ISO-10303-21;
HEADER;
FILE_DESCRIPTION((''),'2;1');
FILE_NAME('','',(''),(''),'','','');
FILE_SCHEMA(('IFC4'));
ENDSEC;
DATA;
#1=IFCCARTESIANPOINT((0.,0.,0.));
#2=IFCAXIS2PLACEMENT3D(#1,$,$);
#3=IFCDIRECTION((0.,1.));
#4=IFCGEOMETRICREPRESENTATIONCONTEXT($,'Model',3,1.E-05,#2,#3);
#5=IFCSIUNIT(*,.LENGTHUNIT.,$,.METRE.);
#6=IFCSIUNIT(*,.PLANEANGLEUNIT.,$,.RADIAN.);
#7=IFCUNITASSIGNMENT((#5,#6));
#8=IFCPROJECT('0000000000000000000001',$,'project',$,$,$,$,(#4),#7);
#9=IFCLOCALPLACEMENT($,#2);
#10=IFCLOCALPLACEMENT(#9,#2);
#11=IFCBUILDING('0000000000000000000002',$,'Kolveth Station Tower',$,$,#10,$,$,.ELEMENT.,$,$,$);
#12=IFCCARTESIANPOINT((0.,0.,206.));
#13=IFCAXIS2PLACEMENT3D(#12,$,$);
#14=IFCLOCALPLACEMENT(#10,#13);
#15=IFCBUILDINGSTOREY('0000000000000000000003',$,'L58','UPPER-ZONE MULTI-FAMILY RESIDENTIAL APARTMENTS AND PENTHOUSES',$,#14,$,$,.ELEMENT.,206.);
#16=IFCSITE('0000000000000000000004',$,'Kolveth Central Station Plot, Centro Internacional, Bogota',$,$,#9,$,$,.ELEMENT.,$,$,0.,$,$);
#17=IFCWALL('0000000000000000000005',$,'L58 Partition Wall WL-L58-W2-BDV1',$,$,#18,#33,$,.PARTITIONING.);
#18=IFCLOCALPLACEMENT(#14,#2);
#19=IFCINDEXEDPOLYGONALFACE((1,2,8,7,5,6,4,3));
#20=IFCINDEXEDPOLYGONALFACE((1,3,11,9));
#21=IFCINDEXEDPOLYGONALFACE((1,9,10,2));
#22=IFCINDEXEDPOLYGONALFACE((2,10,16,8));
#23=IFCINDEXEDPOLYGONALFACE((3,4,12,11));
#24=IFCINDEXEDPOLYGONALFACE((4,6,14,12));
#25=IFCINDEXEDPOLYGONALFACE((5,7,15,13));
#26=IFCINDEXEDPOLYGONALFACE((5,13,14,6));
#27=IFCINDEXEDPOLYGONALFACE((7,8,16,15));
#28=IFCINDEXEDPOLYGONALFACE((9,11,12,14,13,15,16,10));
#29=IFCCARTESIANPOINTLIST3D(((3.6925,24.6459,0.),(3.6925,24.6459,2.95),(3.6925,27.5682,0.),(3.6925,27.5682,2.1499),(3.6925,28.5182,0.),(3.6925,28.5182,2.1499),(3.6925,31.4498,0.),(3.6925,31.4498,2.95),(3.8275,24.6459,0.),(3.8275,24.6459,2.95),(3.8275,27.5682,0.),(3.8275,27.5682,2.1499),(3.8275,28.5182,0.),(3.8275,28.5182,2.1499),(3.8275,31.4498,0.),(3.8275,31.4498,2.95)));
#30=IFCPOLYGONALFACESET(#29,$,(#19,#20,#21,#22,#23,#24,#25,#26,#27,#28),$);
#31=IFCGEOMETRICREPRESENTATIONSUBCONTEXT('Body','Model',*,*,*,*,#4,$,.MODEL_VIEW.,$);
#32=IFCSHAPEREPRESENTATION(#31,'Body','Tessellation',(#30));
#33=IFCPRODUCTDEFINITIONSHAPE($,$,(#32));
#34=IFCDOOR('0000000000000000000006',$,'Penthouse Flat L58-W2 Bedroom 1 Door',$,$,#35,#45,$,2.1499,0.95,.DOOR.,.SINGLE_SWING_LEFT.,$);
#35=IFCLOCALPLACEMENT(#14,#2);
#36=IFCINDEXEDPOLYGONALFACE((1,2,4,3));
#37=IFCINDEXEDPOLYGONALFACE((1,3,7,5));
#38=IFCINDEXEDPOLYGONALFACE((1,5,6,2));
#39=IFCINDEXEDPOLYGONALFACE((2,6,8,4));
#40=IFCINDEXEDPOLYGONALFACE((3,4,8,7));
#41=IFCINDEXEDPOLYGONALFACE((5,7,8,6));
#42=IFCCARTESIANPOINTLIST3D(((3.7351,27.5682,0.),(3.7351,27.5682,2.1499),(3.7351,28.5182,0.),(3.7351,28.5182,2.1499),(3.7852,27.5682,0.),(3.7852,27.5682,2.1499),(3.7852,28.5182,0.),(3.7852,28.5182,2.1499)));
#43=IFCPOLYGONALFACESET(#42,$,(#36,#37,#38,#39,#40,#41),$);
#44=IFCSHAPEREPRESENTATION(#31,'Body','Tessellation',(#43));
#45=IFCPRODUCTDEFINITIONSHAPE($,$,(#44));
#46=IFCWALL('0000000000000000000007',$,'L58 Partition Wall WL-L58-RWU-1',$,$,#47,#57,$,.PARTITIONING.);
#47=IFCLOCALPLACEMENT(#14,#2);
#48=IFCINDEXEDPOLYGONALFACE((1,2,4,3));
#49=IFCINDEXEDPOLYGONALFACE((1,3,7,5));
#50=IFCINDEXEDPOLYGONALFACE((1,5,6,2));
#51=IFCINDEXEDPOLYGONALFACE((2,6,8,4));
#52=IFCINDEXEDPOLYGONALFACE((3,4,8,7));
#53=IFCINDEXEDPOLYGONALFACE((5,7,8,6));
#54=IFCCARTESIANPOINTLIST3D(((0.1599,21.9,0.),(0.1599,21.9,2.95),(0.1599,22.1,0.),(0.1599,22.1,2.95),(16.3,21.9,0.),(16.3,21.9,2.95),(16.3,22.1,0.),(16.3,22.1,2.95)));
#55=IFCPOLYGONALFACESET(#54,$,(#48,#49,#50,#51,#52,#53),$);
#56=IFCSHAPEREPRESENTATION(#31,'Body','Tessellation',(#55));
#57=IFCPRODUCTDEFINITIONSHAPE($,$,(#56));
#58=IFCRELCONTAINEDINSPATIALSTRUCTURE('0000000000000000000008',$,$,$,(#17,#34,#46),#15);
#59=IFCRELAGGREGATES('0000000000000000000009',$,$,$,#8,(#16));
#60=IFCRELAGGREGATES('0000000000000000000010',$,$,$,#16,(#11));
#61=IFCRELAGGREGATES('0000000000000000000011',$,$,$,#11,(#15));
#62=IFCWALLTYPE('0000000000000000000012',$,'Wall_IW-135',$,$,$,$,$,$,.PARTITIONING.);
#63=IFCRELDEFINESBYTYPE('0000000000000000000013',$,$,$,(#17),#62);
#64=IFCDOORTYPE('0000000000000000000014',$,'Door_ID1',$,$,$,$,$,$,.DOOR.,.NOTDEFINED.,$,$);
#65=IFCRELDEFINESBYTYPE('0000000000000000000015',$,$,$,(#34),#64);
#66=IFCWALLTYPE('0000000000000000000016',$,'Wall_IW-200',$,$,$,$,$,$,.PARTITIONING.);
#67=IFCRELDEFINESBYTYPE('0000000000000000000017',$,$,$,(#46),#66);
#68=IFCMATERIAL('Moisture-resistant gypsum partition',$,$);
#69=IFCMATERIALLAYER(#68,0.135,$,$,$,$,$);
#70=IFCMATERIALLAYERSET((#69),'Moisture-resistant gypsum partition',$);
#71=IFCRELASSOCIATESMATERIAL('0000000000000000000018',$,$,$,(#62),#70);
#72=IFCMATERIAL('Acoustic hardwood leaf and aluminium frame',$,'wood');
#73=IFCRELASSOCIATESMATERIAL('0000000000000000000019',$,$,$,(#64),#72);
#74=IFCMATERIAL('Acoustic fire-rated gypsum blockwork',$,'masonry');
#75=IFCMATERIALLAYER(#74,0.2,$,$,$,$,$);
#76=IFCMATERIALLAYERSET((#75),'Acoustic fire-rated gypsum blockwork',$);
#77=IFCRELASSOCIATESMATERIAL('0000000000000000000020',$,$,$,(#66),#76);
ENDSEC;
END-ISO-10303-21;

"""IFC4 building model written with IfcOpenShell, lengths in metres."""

from ifc_helpers import new_model, si_unit, direction, frame, frame_2d, origin, place, context, subcontext, project, spatial, rectangle, extrude, material, layer, layer_set, type_object, element, fill, save


model = new_model("IFC4")

# Units and contexts
model_context = context("Model", 3, precision=1e-05, world=origin(), true_north=direction((0.0, 1.0)))
body_context = subcontext(model_context, "Body", "Model", "MODEL_VIEW")
ifc_project = project(units=[si_unit("LENGTHUNIT", "METRE"), si_unit("PLANEANGLEUNIT", "RADIAN")], contexts=[model_context])

# Site, building, storey
site_placement = place(None, origin())
site = spatial("IfcSite", under=ifc_project, at=site_placement, Name="Kolveth Central Station Plot, Centro Internacional, Bogota", CompositionType="ELEMENT", RefElevation=0.0)
building_placement = place(site_placement, origin())
building = spatial("IfcBuilding", under=site, at=building_placement, Name="Kolveth Station Tower", CompositionType="ELEMENT")
storey_placement = place(building_placement, frame((0.0, 0.0, 206.0)))
storey = spatial("IfcBuildingStorey", under=building, at=storey_placement, Name="L58", Description="UPPER-ZONE MULTI-FAMILY RESIDENTIAL APARTMENTS AND PENTHOUSES", CompositionType="ELEMENT", Elevation=206.0)

# Shared definitions
ifc_material_1 = material(Name="Moisture-resistant gypsum partition")
ifc_layer_1 = layer(ifc_material_1, 0.135)
ifc_layer_set_1 = layer_set([ifc_layer_1], Name="Moisture-resistant gypsum partition")
wall_type_1 = type_object("IfcWallType", Name="Wall_IW-135", PredefinedType="PARTITIONING", material=ifc_layer_set_1)

# Shared definitions
ifc_material_2 = material(Name="Acoustic hardwood leaf and aluminium frame", Category="wood")
door_type = type_object("IfcDoorType", Name="Door_ID1", OperationType="NOTDEFINED", PredefinedType="DOOR", material=ifc_material_2)

# Wall, opening, door
wall_1_placement = place(storey_placement, frame((3.76, 24.646, 0.0), z_axis=(0.0, 0.0, 1.0), x_axis=(0.0, 1.0, 0.0)))
wall_1 = element("IfcWall", 1, at=wall_1_placement, inside=storey, type_object=wall_type_1, Name="L58 Partition Wall WL-L58-W2-BDV1", PredefinedType="PARTITIONING", context=body_context, shape_type="SweptSolid", body=[
    extrude(rectangle(XDim=6.804, YDim=0.135, at=frame_2d((3.4019, 0.0))), origin(), (0.0, 0.0, 1.0), 2.95),
])
opening_1_placement = place(wall_1_placement, frame((2.9221, 0.0, 0.0)))
opening_1 = element("IfcOpeningElement", 2, at=opening_1_placement, cuts=wall_1, PredefinedType="OPENING", context=body_context, shape_type="SweptSolid", body=[
    extrude(rectangle(XDim=0.95, YDim=2.1499, at=frame_2d((0.4751, 1.075))), frame((0.0, 0.0774, 0.0), z_axis=(0.0, -1.0, 0.0), x_axis=(1.0, 0.0, 0.0)), (0.0, 0.0, 1.0), 0.155),
])
door_1_placement = place(opening_1_placement, origin())
door_1 = element("IfcDoor", 3, at=door_1_placement, inside=storey, type_object=door_type, Name="Penthouse Flat L58-W2 Bedroom 1 Door", OperationType="SINGLE_SWING_LEFT", OverallHeight=2.1499, OverallWidth=0.95, PredefinedType="DOOR", context=body_context, shape_type="SweptSolid", body=[
    extrude(rectangle(XDim=0.95, YDim=2.1499, at=frame_2d((0.4751, 1.075))), frame((0.0, 0.0249, 0.0), z_axis=(0.0, -1.0, 0.0), x_axis=(1.0, 0.0, 0.0)), (0.0, 0.0, 1.0), 0.05),
])
fill(opening_1, door_1)

# Wall
ifc_material_3 = material(Name="Acoustic fire-rated gypsum blockwork", Category="masonry")
ifc_layer_2 = layer(ifc_material_3, 0.2)
ifc_layer_set_2 = layer_set([ifc_layer_2], Name="Acoustic fire-rated gypsum blockwork")
wall_type_2 = type_object("IfcWallType", Name="Wall_IW-200", PredefinedType="PARTITIONING", material=ifc_layer_set_2)
wall_2_placement = place(storey_placement, frame((0.1599, 22.0, 0.0), z_axis=(0.0, 0.0, 1.0), x_axis=(1.0, 0.0, 0.0)))
element("IfcWall", 4, at=wall_2_placement, inside=storey, type_object=wall_type_2, Name="L58 Partition Wall WL-L58-RWU-1", PredefinedType="PARTITIONING", context=body_context, shape_type="SweptSolid", body=[
    extrude(rectangle(XDim=16.1401, YDim=0.2, at=frame_2d((8.0701, 0.0))), origin(), (0.0, 0.0, 1.0), 2.95),
])

save(model, "model.ifc")
